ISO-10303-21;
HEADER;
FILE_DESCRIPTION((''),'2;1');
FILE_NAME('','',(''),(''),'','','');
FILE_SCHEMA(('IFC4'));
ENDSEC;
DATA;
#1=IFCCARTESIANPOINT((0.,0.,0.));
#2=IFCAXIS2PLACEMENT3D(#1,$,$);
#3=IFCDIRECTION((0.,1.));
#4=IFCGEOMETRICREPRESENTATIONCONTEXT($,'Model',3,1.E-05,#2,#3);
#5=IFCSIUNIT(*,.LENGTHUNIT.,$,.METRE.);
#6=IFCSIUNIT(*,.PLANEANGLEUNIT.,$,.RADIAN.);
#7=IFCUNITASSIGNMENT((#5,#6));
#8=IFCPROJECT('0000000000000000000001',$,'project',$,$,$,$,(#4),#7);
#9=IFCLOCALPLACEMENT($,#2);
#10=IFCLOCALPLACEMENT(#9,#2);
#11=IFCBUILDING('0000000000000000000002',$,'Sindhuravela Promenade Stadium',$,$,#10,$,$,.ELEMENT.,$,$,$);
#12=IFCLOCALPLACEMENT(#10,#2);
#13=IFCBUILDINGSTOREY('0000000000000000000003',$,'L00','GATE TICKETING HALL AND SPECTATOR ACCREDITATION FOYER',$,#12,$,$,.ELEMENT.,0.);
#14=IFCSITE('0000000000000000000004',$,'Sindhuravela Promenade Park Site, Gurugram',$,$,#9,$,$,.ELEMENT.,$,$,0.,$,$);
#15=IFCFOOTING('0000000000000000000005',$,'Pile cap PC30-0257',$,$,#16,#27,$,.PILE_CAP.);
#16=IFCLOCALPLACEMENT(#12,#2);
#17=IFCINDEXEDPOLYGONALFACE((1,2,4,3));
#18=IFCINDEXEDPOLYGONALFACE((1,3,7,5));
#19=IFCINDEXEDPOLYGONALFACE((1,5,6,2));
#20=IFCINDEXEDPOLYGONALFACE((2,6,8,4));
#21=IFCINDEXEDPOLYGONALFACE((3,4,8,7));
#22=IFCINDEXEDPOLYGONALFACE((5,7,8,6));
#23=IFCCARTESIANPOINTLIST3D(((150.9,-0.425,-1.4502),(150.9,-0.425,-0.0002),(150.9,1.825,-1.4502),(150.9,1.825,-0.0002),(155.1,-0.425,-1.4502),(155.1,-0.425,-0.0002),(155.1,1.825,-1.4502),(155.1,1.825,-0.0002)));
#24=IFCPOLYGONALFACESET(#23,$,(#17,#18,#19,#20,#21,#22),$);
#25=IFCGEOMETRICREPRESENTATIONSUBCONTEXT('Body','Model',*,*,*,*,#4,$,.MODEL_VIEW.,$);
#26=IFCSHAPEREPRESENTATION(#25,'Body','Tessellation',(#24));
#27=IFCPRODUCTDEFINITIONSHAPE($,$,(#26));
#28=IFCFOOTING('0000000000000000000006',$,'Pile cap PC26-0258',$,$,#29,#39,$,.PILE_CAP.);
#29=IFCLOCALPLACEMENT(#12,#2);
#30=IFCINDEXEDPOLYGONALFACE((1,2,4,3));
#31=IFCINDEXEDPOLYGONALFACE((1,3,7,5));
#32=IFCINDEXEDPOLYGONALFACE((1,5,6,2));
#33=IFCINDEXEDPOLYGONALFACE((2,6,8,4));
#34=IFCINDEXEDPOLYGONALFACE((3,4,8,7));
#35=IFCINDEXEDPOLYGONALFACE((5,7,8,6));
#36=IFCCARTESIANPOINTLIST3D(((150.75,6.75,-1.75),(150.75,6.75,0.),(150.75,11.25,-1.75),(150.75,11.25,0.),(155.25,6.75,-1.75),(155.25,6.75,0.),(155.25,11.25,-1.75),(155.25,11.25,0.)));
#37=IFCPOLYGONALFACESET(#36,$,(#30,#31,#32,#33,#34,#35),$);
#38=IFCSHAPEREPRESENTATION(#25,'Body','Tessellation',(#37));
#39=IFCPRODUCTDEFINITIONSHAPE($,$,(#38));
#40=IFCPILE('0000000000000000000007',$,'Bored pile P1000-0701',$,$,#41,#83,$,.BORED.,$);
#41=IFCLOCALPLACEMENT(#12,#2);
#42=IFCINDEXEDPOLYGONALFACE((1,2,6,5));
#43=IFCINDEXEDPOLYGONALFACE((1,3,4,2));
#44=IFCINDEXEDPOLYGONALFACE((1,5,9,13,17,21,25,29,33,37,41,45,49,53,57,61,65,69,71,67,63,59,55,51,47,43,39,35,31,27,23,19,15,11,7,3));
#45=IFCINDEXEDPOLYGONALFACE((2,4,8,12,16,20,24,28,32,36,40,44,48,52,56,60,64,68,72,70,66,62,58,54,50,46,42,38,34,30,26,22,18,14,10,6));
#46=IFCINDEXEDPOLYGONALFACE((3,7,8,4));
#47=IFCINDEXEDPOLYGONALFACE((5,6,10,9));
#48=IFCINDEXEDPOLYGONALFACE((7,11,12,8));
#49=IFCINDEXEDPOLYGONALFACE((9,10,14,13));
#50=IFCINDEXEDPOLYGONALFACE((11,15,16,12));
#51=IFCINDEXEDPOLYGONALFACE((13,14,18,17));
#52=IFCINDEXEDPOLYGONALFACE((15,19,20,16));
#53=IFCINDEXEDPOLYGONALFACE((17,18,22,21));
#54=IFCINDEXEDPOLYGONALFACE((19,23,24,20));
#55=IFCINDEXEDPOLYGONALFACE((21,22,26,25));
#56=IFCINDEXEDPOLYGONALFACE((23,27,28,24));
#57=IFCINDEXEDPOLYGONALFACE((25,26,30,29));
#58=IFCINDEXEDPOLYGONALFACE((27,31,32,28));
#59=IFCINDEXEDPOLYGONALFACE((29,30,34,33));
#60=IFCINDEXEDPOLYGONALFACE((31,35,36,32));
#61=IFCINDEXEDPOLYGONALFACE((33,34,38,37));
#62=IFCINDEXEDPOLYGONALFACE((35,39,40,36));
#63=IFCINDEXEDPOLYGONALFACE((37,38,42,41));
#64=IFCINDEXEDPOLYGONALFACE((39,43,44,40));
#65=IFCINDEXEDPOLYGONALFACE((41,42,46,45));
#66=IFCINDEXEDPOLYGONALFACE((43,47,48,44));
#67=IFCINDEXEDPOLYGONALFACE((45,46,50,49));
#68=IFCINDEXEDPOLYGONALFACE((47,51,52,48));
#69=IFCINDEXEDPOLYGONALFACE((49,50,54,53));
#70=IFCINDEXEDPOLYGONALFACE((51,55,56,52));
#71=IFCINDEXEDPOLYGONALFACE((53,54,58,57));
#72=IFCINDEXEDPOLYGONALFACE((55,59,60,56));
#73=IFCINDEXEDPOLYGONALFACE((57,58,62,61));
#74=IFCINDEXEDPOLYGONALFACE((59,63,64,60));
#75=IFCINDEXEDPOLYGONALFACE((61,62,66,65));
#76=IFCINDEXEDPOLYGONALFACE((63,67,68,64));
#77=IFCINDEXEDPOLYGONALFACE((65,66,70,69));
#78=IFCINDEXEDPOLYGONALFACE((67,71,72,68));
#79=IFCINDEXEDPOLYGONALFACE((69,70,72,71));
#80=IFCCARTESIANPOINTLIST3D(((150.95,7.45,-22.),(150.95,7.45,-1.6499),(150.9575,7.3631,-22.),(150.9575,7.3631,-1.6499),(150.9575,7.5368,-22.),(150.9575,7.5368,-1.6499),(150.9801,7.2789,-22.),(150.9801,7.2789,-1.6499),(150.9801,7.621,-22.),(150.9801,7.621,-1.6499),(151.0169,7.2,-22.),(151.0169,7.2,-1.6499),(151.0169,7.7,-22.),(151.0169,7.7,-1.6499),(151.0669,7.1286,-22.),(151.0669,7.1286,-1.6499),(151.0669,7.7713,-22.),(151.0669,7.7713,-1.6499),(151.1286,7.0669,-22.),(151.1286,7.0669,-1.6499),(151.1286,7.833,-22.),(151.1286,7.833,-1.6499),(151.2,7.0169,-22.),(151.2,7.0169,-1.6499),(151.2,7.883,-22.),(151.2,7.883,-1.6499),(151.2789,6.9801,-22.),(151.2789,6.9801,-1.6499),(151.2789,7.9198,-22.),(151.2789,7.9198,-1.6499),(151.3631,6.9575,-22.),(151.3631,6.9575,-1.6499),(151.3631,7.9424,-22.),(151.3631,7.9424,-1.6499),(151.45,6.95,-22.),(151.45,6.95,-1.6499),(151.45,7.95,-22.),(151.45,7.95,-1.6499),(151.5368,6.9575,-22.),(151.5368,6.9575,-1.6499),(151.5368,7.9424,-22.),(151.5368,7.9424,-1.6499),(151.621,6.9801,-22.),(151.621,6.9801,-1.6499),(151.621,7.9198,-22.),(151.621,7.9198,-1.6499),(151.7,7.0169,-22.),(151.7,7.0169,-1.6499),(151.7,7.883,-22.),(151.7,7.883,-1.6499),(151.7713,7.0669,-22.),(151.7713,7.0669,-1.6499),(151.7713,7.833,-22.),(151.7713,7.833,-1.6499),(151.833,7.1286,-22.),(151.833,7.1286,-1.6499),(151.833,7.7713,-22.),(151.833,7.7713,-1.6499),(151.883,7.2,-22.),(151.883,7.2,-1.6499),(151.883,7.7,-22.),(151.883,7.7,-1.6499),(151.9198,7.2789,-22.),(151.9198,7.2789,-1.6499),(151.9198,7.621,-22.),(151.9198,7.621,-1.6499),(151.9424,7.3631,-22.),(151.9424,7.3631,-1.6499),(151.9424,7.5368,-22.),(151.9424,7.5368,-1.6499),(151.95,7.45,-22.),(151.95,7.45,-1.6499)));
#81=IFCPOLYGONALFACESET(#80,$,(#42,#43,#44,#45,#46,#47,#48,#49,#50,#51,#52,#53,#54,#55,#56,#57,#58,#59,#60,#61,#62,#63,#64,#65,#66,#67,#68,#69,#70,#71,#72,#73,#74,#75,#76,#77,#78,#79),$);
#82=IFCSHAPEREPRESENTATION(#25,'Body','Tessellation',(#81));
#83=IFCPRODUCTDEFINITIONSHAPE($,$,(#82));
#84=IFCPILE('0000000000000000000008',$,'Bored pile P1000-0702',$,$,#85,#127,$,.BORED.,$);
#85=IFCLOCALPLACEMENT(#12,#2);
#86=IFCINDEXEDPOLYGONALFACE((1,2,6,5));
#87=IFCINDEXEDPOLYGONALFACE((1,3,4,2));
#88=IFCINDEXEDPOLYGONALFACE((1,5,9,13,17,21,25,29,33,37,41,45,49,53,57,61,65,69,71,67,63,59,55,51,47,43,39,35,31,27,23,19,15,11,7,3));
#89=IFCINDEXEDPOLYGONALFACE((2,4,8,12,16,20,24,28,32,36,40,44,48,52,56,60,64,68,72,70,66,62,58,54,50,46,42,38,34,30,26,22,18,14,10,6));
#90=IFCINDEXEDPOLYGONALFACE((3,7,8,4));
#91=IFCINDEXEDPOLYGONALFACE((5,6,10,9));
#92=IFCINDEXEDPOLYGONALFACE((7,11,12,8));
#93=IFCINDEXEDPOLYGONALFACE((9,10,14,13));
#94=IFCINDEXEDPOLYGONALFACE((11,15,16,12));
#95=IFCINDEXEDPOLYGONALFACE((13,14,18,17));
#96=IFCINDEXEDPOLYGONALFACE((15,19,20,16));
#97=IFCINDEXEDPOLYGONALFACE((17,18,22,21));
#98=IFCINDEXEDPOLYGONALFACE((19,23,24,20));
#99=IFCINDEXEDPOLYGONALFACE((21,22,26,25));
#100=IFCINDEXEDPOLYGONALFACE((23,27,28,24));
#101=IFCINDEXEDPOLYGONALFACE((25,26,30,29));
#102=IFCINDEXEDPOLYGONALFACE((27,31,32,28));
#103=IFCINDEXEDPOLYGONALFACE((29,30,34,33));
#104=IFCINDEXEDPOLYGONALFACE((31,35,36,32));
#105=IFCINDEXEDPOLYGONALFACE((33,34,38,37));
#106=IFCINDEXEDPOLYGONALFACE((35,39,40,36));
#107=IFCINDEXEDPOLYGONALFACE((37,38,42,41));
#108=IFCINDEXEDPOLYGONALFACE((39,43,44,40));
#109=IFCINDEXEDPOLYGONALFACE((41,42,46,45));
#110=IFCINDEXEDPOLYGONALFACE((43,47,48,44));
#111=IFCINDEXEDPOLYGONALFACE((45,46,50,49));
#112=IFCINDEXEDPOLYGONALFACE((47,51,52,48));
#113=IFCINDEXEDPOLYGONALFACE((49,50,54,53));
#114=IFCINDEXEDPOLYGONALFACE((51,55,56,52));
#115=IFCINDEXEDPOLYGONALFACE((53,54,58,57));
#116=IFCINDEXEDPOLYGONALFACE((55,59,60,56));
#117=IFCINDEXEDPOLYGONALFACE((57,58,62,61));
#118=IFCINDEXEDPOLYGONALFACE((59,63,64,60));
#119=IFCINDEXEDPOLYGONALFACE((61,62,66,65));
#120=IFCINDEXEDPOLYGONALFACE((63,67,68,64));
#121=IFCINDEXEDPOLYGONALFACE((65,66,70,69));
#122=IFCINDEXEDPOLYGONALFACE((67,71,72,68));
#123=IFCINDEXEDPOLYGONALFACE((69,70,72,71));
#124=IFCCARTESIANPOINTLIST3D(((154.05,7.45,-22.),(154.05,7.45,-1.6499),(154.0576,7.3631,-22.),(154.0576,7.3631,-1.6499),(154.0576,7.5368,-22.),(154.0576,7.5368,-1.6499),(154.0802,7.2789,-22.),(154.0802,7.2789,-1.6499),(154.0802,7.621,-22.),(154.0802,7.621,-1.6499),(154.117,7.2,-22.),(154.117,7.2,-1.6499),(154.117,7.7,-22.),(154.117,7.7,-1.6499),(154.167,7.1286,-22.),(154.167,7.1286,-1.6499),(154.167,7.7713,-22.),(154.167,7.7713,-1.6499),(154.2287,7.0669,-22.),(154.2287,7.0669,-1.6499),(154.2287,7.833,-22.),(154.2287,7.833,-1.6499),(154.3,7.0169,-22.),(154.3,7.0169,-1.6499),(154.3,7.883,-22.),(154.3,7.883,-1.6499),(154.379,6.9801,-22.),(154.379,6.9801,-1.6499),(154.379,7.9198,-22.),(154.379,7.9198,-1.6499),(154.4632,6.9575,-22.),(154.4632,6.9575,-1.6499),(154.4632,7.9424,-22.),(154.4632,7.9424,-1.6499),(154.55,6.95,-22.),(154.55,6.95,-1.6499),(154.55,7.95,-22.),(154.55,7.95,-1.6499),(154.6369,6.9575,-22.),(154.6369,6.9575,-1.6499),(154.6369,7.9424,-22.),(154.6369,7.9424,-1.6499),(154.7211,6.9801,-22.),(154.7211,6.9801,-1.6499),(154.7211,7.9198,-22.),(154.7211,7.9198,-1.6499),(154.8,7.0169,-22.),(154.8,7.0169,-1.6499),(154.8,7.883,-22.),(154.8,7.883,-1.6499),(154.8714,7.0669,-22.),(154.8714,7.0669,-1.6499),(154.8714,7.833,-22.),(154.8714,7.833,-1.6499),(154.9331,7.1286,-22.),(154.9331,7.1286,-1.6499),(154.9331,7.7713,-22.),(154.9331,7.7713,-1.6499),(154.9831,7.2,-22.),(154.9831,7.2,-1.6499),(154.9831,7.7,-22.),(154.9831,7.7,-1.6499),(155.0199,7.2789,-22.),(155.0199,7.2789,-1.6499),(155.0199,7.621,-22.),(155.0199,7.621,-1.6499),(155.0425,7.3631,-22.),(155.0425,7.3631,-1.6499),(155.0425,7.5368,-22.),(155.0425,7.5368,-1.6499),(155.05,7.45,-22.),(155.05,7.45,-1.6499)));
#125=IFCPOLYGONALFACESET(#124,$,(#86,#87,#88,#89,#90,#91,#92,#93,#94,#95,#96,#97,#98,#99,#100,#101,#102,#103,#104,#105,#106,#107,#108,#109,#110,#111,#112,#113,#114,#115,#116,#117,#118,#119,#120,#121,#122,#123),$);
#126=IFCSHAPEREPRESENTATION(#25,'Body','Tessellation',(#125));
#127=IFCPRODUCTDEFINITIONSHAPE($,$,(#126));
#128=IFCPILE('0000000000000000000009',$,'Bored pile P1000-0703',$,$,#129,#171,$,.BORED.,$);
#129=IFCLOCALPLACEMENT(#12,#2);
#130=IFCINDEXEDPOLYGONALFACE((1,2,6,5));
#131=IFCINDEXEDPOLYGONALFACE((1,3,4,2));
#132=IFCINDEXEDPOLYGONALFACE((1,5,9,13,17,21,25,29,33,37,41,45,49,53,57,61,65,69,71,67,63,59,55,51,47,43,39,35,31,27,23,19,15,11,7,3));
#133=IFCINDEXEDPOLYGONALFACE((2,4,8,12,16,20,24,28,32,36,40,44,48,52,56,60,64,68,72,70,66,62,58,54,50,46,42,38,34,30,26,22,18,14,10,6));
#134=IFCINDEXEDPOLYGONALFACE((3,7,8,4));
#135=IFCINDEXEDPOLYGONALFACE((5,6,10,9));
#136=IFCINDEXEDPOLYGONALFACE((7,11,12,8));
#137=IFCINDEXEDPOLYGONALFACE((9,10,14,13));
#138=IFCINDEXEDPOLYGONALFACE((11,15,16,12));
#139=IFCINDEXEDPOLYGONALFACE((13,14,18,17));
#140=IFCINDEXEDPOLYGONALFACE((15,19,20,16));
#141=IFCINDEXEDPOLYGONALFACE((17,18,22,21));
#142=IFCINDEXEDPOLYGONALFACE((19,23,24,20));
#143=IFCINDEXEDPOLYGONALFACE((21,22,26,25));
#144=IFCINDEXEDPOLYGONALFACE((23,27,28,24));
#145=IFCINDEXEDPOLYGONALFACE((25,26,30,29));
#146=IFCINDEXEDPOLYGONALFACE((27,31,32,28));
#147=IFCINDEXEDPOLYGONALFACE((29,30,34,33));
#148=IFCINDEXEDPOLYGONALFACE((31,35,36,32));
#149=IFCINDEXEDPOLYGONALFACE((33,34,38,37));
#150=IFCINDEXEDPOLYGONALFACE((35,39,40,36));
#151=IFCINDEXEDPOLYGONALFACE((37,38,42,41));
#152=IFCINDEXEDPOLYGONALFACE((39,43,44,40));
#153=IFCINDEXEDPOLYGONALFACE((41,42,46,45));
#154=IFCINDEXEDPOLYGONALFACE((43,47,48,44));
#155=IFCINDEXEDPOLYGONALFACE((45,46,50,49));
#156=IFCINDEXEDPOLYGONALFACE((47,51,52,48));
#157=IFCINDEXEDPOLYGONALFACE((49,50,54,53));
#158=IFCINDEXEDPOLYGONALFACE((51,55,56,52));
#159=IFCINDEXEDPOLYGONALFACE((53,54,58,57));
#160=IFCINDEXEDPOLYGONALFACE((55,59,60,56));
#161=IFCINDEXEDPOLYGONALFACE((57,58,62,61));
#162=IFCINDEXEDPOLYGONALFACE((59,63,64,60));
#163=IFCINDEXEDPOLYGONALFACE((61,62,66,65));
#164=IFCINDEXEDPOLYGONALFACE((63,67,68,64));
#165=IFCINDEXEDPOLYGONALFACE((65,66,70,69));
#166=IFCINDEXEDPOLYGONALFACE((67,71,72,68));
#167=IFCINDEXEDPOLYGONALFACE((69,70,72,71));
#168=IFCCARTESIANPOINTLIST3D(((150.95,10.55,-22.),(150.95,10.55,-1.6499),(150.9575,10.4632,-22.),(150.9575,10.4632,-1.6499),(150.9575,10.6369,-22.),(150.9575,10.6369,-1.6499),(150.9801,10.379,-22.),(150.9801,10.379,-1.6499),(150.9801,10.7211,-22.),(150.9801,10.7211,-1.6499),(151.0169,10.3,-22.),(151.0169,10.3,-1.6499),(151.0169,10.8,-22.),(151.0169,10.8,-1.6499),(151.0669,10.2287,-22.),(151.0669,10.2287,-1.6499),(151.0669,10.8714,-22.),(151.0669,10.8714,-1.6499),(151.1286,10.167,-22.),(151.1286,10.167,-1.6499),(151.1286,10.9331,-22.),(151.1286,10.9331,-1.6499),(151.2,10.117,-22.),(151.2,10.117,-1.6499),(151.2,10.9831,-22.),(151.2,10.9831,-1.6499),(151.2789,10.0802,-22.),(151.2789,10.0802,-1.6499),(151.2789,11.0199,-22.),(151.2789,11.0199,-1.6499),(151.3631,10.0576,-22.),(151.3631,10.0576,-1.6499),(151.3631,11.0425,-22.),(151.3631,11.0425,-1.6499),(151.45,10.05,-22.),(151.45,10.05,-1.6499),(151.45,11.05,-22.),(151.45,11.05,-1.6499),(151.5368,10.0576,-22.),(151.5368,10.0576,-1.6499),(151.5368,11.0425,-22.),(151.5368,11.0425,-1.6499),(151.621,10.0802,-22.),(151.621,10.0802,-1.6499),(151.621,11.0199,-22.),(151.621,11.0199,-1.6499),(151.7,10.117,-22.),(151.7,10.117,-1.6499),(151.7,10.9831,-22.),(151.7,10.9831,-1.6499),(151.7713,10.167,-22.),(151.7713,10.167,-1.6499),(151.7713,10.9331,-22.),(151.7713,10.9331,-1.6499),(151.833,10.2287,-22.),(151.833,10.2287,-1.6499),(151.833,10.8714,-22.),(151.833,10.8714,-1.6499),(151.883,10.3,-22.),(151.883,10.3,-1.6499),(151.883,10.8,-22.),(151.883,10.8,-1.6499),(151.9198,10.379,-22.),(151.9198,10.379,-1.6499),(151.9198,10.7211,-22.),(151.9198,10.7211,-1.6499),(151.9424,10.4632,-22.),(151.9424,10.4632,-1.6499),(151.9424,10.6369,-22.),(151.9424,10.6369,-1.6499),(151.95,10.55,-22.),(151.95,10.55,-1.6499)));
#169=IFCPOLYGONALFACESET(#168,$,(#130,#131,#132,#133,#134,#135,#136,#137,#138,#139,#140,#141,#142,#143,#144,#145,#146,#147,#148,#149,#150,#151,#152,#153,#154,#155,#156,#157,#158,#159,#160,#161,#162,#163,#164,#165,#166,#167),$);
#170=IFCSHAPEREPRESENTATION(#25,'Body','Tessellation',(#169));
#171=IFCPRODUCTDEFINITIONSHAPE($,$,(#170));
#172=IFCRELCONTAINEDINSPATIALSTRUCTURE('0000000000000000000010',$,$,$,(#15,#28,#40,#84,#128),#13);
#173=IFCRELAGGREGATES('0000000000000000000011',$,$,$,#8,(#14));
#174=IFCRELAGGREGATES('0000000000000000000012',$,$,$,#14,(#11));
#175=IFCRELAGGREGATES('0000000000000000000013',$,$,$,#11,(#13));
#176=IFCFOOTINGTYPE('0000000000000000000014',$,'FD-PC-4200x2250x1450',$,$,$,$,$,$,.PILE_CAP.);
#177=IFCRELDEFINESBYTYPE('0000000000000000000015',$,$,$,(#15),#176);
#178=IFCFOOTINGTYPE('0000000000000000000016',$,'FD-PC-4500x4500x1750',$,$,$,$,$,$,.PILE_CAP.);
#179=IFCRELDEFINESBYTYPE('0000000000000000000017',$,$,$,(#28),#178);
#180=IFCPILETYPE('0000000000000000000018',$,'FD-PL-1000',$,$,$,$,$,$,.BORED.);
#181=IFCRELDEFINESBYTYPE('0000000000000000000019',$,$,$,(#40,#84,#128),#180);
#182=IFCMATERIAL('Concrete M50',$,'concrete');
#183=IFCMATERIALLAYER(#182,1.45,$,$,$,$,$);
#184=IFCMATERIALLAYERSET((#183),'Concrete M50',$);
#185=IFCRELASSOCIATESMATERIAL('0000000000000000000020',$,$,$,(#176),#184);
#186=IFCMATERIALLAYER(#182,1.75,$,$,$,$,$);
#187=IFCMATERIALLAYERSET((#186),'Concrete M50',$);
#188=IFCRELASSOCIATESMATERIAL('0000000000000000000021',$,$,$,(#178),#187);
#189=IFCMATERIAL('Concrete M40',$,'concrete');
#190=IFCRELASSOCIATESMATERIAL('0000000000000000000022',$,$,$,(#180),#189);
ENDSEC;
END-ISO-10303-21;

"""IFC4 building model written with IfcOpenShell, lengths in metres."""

from ifc_helpers import new_model, si_unit, direction, frame, origin, origin_2d, place, context, subcontext, project, spatial, rectangle, circle, extrude, material, layer, layer_set, material_profile, profile_set, type_object, element, save


model = new_model("IFC4")

# Units and contexts
model_context = context("Model", 3, precision=1e-05, world=origin(), true_north=direction((0.0, 1.0)))
body_context = subcontext(model_context, "Body", "Model", "MODEL_VIEW")
ifc_project = project(units=[si_unit("LENGTHUNIT", "METRE"), si_unit("PLANEANGLEUNIT", "RADIAN")], contexts=[model_context])

# Site, building, storey
site_placement = place(None, origin())
site = spatial("IfcSite", under=ifc_project, at=site_placement, Name="Sindhuravela Promenade Park Site, Gurugram", CompositionType="ELEMENT", RefElevation=0.0)
building_placement = place(site_placement, origin())
building = spatial("IfcBuilding", under=site, at=building_placement, Name="Sindhuravela Promenade Stadium", CompositionType="ELEMENT")
storey_placement = place(building_placement, origin())
storey = spatial("IfcBuildingStorey", under=building, at=storey_placement, Name="L00", Description="GATE TICKETING HALL AND SPECTATOR ACCREDITATION FOYER", CompositionType="ELEMENT", Elevation=0.0)

# Footings
ifc_material_1 = material(Name="Concrete M50", Category="concrete")
ifc_layer_1 = layer(ifc_material_1, 1.45)
ifc_layer_set_1 = layer_set([ifc_layer_1], Name="Concrete M50")
footing_type_1 = type_object("IfcFootingType", Name="FD-PC-4200x2250x1450", PredefinedType="PILE_CAP", material=ifc_layer_set_1)
footing_1_placement = place(storey_placement, frame((153.0, 0.7, -1.4502), z_axis=(0.0, 0.0, 1.0), x_axis=(1.0, 0.0, 0.0)))
element("IfcFooting", 1, at=footing_1_placement, inside=storey, type_object=footing_type_1, Name="Pile cap PC30-0257", PredefinedType="PILE_CAP", context=body_context, shape_type="SweptSolid", body=[
    extrude(rectangle(XDim=4.2, YDim=2.25, at=origin_2d()), origin(), (0.0, 0.0, 1.0), 1.45),
])
ifc_layer_2 = layer(ifc_material_1, 1.75)
ifc_layer_set_2 = layer_set([ifc_layer_2], Name="Concrete M50")
footing_type_2 = type_object("IfcFootingType", Name="FD-PC-4500x4500x1750", PredefinedType="PILE_CAP", material=ifc_layer_set_2)
footing_2_placement = place(storey_placement, frame((153.0, 9.0, -1.75), z_axis=(0.0, 0.0, 1.0), x_axis=(1.0, 0.0, 0.0)))
element("IfcFooting", 2, at=footing_2_placement, inside=storey, type_object=footing_type_2, Name="Pile cap PC26-0258", PredefinedType="PILE_CAP", context=body_context, shape_type="SweptSolid", body=[
    extrude(rectangle(XDim=4.5, YDim=4.5, at=origin_2d()), origin(), (0.0, 0.0, 1.0), 1.75),
])

# Piles
ifc_material_2 = material(Name="Concrete M40", Category="concrete")
ifc_material_profile_1 = material_profile(ifc_material_2, circle(Radius=0.5, at=origin_2d()), Name="BORED PILE D1000")
ifc_profile_set_1 = profile_set([ifc_material_profile_1], Name="Concrete M40")
pile_type_1 = type_object("IfcPileType", Name="FD-PL-1000", PredefinedType="BORED", material=ifc_profile_set_1)
for number, where, z_axis, x_axis, name in (
    (3, (151.45, 7.45, -1.6499), (0.0, 0.0, -1.0), (1.0, 0.0, 0.0), "Bored pile P1000-0701"),
    (4, (154.55, 7.45, -1.6499), (0.0, 0.0, -1.0), (1.0, 0.0, 0.0), "Bored pile P1000-0702"),
    (5, (151.45, 10.55, -1.6499), (0.0, 0.0, -1.0), (1.0, 0.0, 0.0), "Bored pile P1000-0703"),
):
    element("IfcPile", number, at=place(storey_placement, frame(where, z_axis=z_axis, x_axis=x_axis)), inside=storey, type_object=pile_type_1, Name=name, PredefinedType="BORED", context=body_context, shape_type="SweptSolid", body=[
        extrude(circle(Radius=0.5, at=origin_2d()), origin(), (0.0, 0.0, 1.0), 20.3501),
    ])

save(model, "model.ifc")
